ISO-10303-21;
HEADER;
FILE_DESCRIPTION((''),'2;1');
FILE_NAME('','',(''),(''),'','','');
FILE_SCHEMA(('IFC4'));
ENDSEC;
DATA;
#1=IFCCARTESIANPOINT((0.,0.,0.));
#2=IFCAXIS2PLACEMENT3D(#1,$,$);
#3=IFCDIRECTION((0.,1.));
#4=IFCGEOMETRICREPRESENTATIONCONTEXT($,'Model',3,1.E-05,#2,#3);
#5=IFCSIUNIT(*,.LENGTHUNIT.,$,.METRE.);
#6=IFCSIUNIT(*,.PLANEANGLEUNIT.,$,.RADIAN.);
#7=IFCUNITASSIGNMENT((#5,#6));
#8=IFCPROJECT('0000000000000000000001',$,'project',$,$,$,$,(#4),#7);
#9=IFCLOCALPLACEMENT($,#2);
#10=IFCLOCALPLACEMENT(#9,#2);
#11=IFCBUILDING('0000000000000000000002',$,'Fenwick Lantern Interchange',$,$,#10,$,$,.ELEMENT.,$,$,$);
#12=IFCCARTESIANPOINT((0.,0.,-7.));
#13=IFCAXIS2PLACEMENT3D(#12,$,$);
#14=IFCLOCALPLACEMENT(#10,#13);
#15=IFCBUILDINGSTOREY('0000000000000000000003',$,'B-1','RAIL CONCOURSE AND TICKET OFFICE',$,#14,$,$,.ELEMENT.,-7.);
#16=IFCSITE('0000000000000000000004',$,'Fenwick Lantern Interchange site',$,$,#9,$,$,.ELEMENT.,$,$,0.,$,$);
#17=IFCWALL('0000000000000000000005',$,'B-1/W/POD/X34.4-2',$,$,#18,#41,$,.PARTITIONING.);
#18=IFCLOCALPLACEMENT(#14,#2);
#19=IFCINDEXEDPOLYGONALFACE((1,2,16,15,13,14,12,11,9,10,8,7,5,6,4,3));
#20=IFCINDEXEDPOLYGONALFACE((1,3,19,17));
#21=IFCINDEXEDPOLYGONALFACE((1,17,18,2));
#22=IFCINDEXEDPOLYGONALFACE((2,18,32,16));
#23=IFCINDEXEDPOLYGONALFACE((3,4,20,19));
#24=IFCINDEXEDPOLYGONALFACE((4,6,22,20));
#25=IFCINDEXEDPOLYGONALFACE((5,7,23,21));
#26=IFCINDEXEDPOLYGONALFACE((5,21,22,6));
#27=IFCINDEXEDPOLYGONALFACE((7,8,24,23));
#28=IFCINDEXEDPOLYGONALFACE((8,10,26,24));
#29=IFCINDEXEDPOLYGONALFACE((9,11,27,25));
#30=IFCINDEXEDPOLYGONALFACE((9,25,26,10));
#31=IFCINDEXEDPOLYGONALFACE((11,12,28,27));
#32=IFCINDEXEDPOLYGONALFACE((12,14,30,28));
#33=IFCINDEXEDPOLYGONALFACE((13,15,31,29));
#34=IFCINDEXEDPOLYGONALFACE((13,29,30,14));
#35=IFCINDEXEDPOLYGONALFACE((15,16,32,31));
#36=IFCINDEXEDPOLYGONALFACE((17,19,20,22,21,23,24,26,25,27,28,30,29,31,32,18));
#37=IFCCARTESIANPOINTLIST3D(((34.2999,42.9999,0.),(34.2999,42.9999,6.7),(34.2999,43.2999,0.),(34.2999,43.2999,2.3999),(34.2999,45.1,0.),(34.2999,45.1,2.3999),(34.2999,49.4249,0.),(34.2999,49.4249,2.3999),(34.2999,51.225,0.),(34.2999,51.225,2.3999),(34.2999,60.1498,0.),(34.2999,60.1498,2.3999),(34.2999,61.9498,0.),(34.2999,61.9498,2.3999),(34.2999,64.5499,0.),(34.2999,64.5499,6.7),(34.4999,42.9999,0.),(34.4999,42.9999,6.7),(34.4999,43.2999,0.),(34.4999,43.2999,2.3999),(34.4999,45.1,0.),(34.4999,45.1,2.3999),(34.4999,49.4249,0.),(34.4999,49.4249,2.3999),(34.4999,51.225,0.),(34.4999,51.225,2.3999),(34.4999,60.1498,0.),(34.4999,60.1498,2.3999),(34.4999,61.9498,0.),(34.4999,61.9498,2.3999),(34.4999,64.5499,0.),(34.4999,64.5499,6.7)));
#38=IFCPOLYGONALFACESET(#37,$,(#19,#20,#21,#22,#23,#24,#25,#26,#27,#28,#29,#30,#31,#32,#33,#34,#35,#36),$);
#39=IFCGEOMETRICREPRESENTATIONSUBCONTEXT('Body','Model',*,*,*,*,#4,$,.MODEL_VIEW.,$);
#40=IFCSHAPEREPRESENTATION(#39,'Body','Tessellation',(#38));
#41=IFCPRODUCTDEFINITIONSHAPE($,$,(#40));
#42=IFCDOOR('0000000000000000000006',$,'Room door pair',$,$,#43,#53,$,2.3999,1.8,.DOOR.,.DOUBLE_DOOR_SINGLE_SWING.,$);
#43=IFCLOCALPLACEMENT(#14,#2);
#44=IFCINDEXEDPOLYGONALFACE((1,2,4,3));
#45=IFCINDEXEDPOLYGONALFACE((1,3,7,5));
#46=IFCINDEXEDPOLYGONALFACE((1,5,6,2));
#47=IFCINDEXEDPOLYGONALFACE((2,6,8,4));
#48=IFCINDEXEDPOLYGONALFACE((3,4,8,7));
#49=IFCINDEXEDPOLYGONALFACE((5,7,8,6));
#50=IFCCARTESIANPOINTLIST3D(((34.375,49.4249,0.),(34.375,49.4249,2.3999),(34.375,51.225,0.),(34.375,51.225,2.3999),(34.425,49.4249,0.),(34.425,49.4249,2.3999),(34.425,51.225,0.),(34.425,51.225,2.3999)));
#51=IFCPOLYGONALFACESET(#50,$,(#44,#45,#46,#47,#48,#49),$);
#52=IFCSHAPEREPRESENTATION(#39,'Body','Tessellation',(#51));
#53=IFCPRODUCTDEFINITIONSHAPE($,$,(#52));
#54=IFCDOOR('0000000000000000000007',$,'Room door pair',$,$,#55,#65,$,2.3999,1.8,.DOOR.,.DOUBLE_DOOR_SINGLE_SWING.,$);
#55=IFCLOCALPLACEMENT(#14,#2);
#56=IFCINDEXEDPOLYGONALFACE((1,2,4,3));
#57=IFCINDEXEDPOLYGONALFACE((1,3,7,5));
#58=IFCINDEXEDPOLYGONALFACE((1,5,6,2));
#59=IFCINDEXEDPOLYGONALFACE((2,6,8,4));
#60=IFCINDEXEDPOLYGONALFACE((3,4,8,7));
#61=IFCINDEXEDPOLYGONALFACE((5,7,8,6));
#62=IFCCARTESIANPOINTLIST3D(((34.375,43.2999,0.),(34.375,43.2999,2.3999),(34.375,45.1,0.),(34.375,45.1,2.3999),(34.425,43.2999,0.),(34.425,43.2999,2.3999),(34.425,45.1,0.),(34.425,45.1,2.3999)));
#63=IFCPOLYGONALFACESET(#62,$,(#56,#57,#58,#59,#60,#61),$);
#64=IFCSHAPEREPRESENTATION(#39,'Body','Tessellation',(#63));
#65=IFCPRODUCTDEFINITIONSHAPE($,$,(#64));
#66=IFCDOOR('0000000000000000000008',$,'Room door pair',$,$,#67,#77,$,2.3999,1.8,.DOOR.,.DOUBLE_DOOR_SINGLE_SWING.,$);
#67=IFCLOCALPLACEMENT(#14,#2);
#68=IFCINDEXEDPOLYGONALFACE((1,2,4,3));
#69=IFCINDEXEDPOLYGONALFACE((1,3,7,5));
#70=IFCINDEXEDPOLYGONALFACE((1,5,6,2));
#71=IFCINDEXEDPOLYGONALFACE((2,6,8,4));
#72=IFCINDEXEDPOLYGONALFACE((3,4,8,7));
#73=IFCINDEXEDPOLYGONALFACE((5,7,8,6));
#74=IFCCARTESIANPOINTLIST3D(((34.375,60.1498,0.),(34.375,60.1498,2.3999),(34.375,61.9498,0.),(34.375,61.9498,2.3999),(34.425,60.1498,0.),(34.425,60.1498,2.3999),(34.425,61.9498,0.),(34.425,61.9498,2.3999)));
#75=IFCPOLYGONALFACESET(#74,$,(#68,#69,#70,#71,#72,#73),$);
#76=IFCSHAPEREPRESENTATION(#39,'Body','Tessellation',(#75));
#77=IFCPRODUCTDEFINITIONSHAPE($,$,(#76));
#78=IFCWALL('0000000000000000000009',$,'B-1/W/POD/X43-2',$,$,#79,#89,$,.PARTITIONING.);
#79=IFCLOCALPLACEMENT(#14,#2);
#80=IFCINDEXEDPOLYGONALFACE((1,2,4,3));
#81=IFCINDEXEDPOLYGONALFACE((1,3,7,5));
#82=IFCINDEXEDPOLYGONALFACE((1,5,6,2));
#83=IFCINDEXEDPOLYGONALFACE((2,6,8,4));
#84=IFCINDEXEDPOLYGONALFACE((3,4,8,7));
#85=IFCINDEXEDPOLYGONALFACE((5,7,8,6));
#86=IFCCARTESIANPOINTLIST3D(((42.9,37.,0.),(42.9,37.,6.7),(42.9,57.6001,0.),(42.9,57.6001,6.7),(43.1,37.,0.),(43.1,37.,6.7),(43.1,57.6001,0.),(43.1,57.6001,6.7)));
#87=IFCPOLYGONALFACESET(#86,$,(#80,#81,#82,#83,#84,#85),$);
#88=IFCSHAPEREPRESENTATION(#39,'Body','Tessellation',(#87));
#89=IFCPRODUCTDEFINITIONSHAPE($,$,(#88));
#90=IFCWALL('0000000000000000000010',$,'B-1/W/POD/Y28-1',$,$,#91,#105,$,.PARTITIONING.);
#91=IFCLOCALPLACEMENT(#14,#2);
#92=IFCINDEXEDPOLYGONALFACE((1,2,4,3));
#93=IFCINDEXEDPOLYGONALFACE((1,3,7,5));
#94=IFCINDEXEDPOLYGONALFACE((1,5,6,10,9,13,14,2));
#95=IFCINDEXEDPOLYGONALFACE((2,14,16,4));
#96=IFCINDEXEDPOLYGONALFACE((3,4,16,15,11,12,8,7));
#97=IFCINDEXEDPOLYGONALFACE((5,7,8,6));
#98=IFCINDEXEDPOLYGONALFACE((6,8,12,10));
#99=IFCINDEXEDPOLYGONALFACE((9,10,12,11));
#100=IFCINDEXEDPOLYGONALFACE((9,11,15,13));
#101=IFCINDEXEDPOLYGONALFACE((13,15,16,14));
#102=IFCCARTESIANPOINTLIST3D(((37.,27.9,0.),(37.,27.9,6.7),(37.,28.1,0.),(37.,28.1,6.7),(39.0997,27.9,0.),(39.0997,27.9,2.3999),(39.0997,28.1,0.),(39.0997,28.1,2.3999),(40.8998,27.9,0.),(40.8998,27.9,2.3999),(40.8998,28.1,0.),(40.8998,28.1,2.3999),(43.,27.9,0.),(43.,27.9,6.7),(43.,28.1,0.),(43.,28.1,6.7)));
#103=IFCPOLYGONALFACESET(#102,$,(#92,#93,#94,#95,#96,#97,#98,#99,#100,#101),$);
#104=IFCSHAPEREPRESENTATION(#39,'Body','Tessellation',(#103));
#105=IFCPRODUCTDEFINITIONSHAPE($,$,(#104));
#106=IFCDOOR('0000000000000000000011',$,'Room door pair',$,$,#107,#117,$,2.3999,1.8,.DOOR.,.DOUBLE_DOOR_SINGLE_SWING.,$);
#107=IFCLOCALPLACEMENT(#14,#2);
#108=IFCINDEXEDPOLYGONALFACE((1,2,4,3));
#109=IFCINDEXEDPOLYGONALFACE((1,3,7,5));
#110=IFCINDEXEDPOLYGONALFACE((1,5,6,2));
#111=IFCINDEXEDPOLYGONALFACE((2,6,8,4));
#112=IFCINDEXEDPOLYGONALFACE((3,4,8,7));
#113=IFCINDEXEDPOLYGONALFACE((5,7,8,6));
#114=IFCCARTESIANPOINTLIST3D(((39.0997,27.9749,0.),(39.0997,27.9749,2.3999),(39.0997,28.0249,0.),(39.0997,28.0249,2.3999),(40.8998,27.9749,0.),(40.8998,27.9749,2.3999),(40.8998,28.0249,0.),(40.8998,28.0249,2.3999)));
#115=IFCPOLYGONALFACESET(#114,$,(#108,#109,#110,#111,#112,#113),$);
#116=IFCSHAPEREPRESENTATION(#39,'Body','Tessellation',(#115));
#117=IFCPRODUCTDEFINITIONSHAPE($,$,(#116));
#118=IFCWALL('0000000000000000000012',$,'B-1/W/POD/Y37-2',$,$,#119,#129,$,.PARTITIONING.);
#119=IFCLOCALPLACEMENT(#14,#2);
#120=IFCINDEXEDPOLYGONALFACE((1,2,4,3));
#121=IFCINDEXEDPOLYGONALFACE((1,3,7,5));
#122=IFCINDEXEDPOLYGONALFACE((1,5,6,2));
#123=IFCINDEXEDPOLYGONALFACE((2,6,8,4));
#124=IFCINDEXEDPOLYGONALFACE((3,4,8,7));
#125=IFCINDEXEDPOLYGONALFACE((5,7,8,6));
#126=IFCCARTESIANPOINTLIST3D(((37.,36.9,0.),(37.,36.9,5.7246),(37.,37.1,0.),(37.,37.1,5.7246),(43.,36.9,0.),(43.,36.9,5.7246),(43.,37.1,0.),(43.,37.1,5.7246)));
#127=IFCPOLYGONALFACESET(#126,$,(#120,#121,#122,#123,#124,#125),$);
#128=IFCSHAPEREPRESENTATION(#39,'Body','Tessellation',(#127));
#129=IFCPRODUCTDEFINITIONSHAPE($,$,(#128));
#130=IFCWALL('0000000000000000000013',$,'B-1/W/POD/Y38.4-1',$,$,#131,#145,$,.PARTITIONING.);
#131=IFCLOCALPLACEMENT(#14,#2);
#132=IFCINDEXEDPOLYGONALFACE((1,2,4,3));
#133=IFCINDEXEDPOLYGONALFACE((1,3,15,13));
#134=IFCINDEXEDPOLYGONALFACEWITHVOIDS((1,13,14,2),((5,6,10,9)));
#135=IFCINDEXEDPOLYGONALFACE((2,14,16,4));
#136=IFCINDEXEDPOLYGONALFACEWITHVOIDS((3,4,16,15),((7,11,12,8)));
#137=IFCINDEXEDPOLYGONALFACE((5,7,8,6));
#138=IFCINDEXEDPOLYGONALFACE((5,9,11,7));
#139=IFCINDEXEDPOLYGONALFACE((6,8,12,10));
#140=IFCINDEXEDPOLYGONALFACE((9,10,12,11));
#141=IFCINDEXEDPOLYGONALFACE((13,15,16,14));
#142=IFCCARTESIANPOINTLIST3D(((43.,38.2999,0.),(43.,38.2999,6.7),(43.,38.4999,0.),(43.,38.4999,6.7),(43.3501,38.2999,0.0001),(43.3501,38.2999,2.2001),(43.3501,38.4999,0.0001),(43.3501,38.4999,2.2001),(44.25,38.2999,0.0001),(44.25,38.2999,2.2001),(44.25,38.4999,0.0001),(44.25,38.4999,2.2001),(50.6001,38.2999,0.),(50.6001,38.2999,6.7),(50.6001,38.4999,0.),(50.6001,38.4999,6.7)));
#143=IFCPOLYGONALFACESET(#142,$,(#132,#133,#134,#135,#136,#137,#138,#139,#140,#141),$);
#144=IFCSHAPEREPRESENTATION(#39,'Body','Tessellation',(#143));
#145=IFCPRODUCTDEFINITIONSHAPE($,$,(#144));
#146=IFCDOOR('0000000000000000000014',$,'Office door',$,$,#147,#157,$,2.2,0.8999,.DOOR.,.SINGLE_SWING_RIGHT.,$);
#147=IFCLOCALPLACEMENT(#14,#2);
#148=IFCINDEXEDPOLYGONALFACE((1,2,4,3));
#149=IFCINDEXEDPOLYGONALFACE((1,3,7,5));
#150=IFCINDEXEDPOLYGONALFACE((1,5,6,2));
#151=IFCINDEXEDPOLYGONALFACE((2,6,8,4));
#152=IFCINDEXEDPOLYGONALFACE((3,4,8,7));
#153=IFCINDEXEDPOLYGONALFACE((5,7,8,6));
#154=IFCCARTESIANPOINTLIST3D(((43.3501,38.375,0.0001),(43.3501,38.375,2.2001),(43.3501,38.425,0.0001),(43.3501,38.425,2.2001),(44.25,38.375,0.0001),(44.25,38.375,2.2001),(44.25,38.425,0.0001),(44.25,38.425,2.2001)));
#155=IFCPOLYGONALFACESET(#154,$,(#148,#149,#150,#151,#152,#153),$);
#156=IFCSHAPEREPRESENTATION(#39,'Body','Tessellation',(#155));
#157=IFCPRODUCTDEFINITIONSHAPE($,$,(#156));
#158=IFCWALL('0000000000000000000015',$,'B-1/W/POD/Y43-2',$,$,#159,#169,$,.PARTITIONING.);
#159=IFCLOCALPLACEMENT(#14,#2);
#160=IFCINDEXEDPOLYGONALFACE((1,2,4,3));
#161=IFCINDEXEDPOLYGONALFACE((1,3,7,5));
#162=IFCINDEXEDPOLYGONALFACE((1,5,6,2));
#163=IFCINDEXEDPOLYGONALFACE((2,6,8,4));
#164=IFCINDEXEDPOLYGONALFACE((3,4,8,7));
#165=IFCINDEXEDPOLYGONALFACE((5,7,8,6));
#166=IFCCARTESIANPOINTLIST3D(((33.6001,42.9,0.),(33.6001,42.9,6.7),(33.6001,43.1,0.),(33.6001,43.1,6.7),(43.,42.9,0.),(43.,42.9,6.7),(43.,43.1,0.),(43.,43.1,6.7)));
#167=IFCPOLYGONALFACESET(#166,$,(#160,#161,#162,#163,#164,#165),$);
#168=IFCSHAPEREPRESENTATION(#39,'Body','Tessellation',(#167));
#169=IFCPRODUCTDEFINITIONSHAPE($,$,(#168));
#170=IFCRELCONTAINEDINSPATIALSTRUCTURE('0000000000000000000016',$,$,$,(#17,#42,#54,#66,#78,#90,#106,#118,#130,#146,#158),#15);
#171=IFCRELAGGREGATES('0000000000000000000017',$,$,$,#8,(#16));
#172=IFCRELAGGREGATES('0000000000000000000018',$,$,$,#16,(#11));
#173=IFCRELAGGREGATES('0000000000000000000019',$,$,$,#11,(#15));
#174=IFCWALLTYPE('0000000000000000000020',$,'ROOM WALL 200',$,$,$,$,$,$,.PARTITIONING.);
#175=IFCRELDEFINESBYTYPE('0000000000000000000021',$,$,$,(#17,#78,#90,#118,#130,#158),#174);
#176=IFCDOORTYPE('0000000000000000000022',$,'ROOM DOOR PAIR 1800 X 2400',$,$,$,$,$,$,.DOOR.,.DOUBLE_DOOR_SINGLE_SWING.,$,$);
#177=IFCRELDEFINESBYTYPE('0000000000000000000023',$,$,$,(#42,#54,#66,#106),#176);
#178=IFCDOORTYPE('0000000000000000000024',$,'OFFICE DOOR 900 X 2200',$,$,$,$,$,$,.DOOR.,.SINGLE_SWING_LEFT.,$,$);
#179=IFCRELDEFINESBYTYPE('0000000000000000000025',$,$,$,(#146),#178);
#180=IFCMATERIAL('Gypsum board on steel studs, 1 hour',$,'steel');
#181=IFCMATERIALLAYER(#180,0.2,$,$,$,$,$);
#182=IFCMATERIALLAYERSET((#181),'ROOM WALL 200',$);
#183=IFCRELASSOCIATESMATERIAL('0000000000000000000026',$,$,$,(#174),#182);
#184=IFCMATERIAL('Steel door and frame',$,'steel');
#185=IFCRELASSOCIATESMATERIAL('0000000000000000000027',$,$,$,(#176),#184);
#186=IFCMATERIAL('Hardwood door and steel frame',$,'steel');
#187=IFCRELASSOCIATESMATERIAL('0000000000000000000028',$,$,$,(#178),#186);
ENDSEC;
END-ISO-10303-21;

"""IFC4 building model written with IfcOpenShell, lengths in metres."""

from ifc_helpers import new_model, si_unit, direction, frame, frame_2d, origin, place, context, subcontext, project, spatial, rectangle, extrude, material, layer, layer_set, type_object, element, fill, save


model = new_model("IFC4")

# Units and contexts
model_context = context("Model", 3, precision=1e-05, world=origin(), true_north=direction((0.0, 1.0)))
body_context = subcontext(model_context, "Body", "Model", "MODEL_VIEW")
ifc_project = project(units=[si_unit("LENGTHUNIT", "METRE"), si_unit("PLANEANGLEUNIT", "RADIAN")], contexts=[model_context])

# Site, building, storey
site_placement = place(None, origin())
site = spatial("IfcSite", under=ifc_project, at=site_placement, Name="Fenwick Lantern Interchange site", CompositionType="ELEMENT", RefElevation=0.0)
building_placement = place(site_placement, origin())
building = spatial("IfcBuilding", under=site, at=building_placement, Name="Fenwick Lantern Interchange", CompositionType="ELEMENT")
storey_placement = place(building_placement, frame((0.0, 0.0, -7.0)))
storey = spatial("IfcBuildingStorey", under=building, at=storey_placement, Name="B-1", Description="RAIL CONCOURSE AND TICKET OFFICE", CompositionType="ELEMENT", Elevation=-7.0)

# Wall, openings, doors
ifc_material_1 = material(Name="Steel door and frame", Category="steel")
ifc_material_2 = material(Name="Hardwood door and steel frame", Category="steel")
ifc_material_3 = material(Name="Gypsum board on steel studs, 1 hour", Category="steel")
ifc_layer_1 = layer(ifc_material_3, 0.2)
ifc_layer_set_1 = layer_set([ifc_layer_1], Name="ROOM WALL 200")
wall_type_1 = type_object("IfcWallType", Name="ROOM WALL 200", PredefinedType="PARTITIONING", material=ifc_layer_set_1)
wall_1_placement = place(storey_placement, frame((34.3999, 43.0, 0.0), z_axis=(0.0, 0.0, 1.0), x_axis=(0.0, 1.0, 0.0)))
wall_1 = element("IfcWall", 1, at=wall_1_placement, inside=storey, type_object=wall_type_1, Name="B-1/W/POD/X34.4-2", PredefinedType="PARTITIONING", context=body_context, shape_type="SweptSolid", body=[
    extrude(rectangle(XDim=21.55, YDim=0.2, at=frame_2d((10.7749, 0.0))), origin(), (0.0, 0.0, 1.0), 6.7),
])
opening_1_placement = place(wall_1_placement, frame((6.425, 0.0, 0.0)))
opening_1 = element("IfcOpeningElement", 2, at=opening_1_placement, cuts=wall_1, PredefinedType="OPENING", context=body_context, shape_type="SweptSolid", body=[
    extrude(rectangle(XDim=1.8, YDim=2.3999, at=frame_2d((0.8999, 1.2))), frame((0.0, 0.1099, 0.0), z_axis=(0.0, -1.0, 0.0), x_axis=(1.0, 0.0, 0.0)), (0.0, 0.0, 1.0), 0.22),
])
opening_2_placement = place(wall_1_placement, frame((0.3, 0.0, 0.0)))
opening_2 = element("IfcOpeningElement", 3, at=opening_2_placement, cuts=wall_1, PredefinedType="OPENING", context=body_context, shape_type="SweptSolid", body=[
    extrude(rectangle(XDim=1.8, YDim=2.3999, at=frame_2d((0.8999, 1.2))), frame((0.0, 0.1099, 0.0), z_axis=(0.0, -1.0, 0.0), x_axis=(1.0, 0.0, 0.0)), (0.0, 0.0, 1.0), 0.22),
])
opening_3_placement = place(wall_1_placement, frame((17.1499, 0.0, 0.0)))
opening_3 = element("IfcOpeningElement", 4, at=opening_3_placement, cuts=wall_1, PredefinedType="OPENING", context=body_context, shape_type="SweptSolid", body=[
    extrude(rectangle(XDim=1.8, YDim=2.3999, at=frame_2d((0.8999, 1.2))), frame((0.0, 0.1099, 0.0), z_axis=(0.0, -1.0, 0.0), x_axis=(1.0, 0.0, 0.0)), (0.0, 0.0, 1.0), 0.22),
])
door_type_1 = type_object("IfcDoorType", Name="ROOM DOOR PAIR 1800 X 2400", OperationType="DOUBLE_DOOR_SINGLE_SWING", PredefinedType="DOOR", material=ifc_material_1)
door_1_placement = place(opening_1_placement, origin())
door_1 = element("IfcDoor", 5, at=door_1_placement, inside=storey, type_object=door_type_1, Name="Room door pair", OperationType="DOUBLE_DOOR_SINGLE_SWING", OverallHeight=2.3999, OverallWidth=1.8, PredefinedType="DOOR", context=body_context, shape_type="SweptSolid", body=[
    extrude(rectangle(XDim=1.8, YDim=2.3999, at=frame_2d((0.8999, 1.2))), frame((0.0, 0.0249, 0.0), z_axis=(0.0, -1.0, 0.0), x_axis=(1.0, 0.0, 0.0)), (0.0, 0.0, 1.0), 0.05),
])
fill(opening_1, door_1)
door_2_placement = place(opening_2_placement, origin())
door_2 = element("IfcDoor", 6, at=door_2_placement, inside=storey, type_object=door_type_1, Name="Room door pair", OperationType="DOUBLE_DOOR_SINGLE_SWING", OverallHeight=2.3999, OverallWidth=1.8, PredefinedType="DOOR", context=body_context, shape_type="SweptSolid", body=[
    extrude(rectangle(XDim=1.8, YDim=2.3999, at=frame_2d((0.8999, 1.2))), frame((0.0, 0.0249, 0.0), z_axis=(0.0, -1.0, 0.0), x_axis=(1.0, 0.0, 0.0)), (0.0, 0.0, 1.0), 0.05),
])
fill(opening_2, door_2)
door_3_placement = place(opening_3_placement, origin())
door_3 = element("IfcDoor", 7, at=door_3_placement, inside=storey, type_object=door_type_1, Name="Room door pair", OperationType="DOUBLE_DOOR_SINGLE_SWING", OverallHeight=2.3999, OverallWidth=1.8, PredefinedType="DOOR", context=body_context, shape_type="SweptSolid", body=[
    extrude(rectangle(XDim=1.8, YDim=2.3999, at=frame_2d((0.8999, 1.2))), frame((0.0, 0.0249, 0.0), z_axis=(0.0, -1.0, 0.0), x_axis=(1.0, 0.0, 0.0)), (0.0, 0.0, 1.0), 0.05),
])
fill(opening_3, door_3)

# Wall
wall_2_placement = place(storey_placement, frame((43.0, 37.0, 0.0), z_axis=(0.0, 0.0, 1.0), x_axis=(0.0, 1.0, 0.0)))
element("IfcWall", 8, at=wall_2_placement, inside=storey, type_object=wall_type_1, Name="B-1/W/POD/X43-2", PredefinedType="PARTITIONING", context=body_context, shape_type="SweptSolid", body=[
    extrude(rectangle(XDim=20.6001, YDim=0.2, at=frame_2d((10.3, 0.0))), origin(), (0.0, 0.0, 1.0), 6.7),
])

# Wall, opening, door
wall_3_placement = place(storey_placement, frame((37.0, 28.0, 0.0), z_axis=(0.0, 0.0, 1.0), x_axis=(1.0, 0.0, 0.0)))
wall_3 = element("IfcWall", 9, at=wall_3_placement, inside=storey, type_object=wall_type_1, Name="B-1/W/POD/Y28-1", PredefinedType="PARTITIONING", context=body_context, shape_type="SweptSolid", body=[
    extrude(rectangle(XDim=6.0, YDim=0.2, at=frame_2d((3.0, 0.0))), origin(), (0.0, 0.0, 1.0), 6.7),
])
opening_4_placement = place(wall_3_placement, frame((2.0999, 0.0, 0.0)))
opening_4 = element("IfcOpeningElement", 10, at=opening_4_placement, cuts=wall_3, PredefinedType="OPENING", context=body_context, shape_type="SweptSolid", body=[
    extrude(rectangle(XDim=1.8, YDim=2.3999, at=frame_2d((0.8999, 1.2))), frame((0.0, 0.1099, 0.0), z_axis=(0.0, -1.0, 0.0), x_axis=(1.0, 0.0, 0.0)), (0.0, 0.0, 1.0), 0.22),
])
door_4_placement = place(opening_4_placement, origin())
door_4 = element("IfcDoor", 11, at=door_4_placement, inside=storey, type_object=door_type_1, Name="Room door pair", OperationType="DOUBLE_DOOR_SINGLE_SWING", OverallHeight=2.3999, OverallWidth=1.8, PredefinedType="DOOR", context=body_context, shape_type="SweptSolid", body=[
    extrude(rectangle(XDim=1.8, YDim=2.3999, at=frame_2d((0.8999, 1.2))), frame((0.0, 0.0249, 0.0), z_axis=(0.0, -1.0, 0.0), x_axis=(1.0, 0.0, 0.0)), (0.0, 0.0, 1.0), 0.05),
])
fill(opening_4, door_4)

# Wall
wall_4_placement = place(storey_placement, frame((37.0, 37.0, 0.0), z_axis=(0.0, 0.0, 1.0), x_axis=(1.0, 0.0, 0.0)))
element("IfcWall", 12, at=wall_4_placement, inside=storey, type_object=wall_type_1, Name="B-1/W/POD/Y37-2", PredefinedType="PARTITIONING", context=body_context, shape_type="SweptSolid", body=[
    extrude(rectangle(XDim=6.0, YDim=0.2, at=frame_2d((3.0, 0.0))), origin(), (0.0, 0.0, 1.0), 5.7246),
])

# Wall, opening, door
wall_5_placement = place(storey_placement, frame((43.0, 38.3999, 0.0), z_axis=(0.0, 0.0, 1.0), x_axis=(1.0, 0.0, 0.0)))
wall_5 = element("IfcWall", 13, at=wall_5_placement, inside=storey, type_object=wall_type_1, Name="B-1/W/POD/Y38.4-1", PredefinedType="PARTITIONING", context=body_context, shape_type="SweptSolid", body=[
    extrude(rectangle(XDim=7.6001, YDim=0.2, at=frame_2d((3.8, 0.0))), origin(), (0.0, 0.0, 1.0), 6.7),
])
opening_5_placement = place(wall_5_placement, frame((0.3501, 0.0, 0.0)))
opening_5 = element("IfcOpeningElement", 14, at=opening_5_placement, cuts=wall_5, PredefinedType="OPENING", context=body_context, shape_type="SweptSolid", body=[
    extrude(rectangle(XDim=0.8999, YDim=2.2, at=frame_2d((0.45, 1.1001))), frame((0.0, 0.1099, 0.0), z_axis=(0.0, -1.0, 0.0), x_axis=(1.0, 0.0, 0.0)), (0.0, 0.0, 1.0), 0.22),
])
door_type_2 = type_object("IfcDoorType", Name="OFFICE DOOR 900 X 2200", OperationType="SINGLE_SWING_LEFT", PredefinedType="DOOR", material=ifc_material_2)
door_5_placement = place(opening_5_placement, frame((0.8999, 0.0, 0.0), z_axis=(0.0, 0.0, 1.0), x_axis=(-1.0, 0.0, 0.0)))
door_5 = element("IfcDoor", 15, at=door_5_placement, inside=storey, type_object=door_type_2, Name="Office door", OperationType="SINGLE_SWING_RIGHT", OverallHeight=2.2, OverallWidth=0.8999, PredefinedType="DOOR", context=body_context, shape_type="SweptSolid", body=[
    extrude(rectangle(XDim=0.8999, YDim=2.2, at=frame_2d((0.45, 1.1001))), frame((0.0, 0.0249, 0.0), z_axis=(0.0, -1.0, 0.0), x_axis=(1.0, 0.0, 0.0)), (0.0, 0.0, 1.0), 0.05),
])
fill(opening_5, door_5)

# Wall
wall_6_placement = place(storey_placement, frame((33.6001, 43.0, 0.0), z_axis=(0.0, 0.0, 1.0), x_axis=(1.0, 0.0, 0.0)))
element("IfcWall", 16, at=wall_6_placement, inside=storey, type_object=wall_type_1, Name="B-1/W/POD/Y43-2", PredefinedType="PARTITIONING", context=body_context, shape_type="SweptSolid", body=[
    extrude(rectangle(XDim=9.3999, YDim=0.2, at=frame_2d((4.7, 0.0))), origin(), (0.0, 0.0, 1.0), 6.7),
])

save(model, "model.ifc")
